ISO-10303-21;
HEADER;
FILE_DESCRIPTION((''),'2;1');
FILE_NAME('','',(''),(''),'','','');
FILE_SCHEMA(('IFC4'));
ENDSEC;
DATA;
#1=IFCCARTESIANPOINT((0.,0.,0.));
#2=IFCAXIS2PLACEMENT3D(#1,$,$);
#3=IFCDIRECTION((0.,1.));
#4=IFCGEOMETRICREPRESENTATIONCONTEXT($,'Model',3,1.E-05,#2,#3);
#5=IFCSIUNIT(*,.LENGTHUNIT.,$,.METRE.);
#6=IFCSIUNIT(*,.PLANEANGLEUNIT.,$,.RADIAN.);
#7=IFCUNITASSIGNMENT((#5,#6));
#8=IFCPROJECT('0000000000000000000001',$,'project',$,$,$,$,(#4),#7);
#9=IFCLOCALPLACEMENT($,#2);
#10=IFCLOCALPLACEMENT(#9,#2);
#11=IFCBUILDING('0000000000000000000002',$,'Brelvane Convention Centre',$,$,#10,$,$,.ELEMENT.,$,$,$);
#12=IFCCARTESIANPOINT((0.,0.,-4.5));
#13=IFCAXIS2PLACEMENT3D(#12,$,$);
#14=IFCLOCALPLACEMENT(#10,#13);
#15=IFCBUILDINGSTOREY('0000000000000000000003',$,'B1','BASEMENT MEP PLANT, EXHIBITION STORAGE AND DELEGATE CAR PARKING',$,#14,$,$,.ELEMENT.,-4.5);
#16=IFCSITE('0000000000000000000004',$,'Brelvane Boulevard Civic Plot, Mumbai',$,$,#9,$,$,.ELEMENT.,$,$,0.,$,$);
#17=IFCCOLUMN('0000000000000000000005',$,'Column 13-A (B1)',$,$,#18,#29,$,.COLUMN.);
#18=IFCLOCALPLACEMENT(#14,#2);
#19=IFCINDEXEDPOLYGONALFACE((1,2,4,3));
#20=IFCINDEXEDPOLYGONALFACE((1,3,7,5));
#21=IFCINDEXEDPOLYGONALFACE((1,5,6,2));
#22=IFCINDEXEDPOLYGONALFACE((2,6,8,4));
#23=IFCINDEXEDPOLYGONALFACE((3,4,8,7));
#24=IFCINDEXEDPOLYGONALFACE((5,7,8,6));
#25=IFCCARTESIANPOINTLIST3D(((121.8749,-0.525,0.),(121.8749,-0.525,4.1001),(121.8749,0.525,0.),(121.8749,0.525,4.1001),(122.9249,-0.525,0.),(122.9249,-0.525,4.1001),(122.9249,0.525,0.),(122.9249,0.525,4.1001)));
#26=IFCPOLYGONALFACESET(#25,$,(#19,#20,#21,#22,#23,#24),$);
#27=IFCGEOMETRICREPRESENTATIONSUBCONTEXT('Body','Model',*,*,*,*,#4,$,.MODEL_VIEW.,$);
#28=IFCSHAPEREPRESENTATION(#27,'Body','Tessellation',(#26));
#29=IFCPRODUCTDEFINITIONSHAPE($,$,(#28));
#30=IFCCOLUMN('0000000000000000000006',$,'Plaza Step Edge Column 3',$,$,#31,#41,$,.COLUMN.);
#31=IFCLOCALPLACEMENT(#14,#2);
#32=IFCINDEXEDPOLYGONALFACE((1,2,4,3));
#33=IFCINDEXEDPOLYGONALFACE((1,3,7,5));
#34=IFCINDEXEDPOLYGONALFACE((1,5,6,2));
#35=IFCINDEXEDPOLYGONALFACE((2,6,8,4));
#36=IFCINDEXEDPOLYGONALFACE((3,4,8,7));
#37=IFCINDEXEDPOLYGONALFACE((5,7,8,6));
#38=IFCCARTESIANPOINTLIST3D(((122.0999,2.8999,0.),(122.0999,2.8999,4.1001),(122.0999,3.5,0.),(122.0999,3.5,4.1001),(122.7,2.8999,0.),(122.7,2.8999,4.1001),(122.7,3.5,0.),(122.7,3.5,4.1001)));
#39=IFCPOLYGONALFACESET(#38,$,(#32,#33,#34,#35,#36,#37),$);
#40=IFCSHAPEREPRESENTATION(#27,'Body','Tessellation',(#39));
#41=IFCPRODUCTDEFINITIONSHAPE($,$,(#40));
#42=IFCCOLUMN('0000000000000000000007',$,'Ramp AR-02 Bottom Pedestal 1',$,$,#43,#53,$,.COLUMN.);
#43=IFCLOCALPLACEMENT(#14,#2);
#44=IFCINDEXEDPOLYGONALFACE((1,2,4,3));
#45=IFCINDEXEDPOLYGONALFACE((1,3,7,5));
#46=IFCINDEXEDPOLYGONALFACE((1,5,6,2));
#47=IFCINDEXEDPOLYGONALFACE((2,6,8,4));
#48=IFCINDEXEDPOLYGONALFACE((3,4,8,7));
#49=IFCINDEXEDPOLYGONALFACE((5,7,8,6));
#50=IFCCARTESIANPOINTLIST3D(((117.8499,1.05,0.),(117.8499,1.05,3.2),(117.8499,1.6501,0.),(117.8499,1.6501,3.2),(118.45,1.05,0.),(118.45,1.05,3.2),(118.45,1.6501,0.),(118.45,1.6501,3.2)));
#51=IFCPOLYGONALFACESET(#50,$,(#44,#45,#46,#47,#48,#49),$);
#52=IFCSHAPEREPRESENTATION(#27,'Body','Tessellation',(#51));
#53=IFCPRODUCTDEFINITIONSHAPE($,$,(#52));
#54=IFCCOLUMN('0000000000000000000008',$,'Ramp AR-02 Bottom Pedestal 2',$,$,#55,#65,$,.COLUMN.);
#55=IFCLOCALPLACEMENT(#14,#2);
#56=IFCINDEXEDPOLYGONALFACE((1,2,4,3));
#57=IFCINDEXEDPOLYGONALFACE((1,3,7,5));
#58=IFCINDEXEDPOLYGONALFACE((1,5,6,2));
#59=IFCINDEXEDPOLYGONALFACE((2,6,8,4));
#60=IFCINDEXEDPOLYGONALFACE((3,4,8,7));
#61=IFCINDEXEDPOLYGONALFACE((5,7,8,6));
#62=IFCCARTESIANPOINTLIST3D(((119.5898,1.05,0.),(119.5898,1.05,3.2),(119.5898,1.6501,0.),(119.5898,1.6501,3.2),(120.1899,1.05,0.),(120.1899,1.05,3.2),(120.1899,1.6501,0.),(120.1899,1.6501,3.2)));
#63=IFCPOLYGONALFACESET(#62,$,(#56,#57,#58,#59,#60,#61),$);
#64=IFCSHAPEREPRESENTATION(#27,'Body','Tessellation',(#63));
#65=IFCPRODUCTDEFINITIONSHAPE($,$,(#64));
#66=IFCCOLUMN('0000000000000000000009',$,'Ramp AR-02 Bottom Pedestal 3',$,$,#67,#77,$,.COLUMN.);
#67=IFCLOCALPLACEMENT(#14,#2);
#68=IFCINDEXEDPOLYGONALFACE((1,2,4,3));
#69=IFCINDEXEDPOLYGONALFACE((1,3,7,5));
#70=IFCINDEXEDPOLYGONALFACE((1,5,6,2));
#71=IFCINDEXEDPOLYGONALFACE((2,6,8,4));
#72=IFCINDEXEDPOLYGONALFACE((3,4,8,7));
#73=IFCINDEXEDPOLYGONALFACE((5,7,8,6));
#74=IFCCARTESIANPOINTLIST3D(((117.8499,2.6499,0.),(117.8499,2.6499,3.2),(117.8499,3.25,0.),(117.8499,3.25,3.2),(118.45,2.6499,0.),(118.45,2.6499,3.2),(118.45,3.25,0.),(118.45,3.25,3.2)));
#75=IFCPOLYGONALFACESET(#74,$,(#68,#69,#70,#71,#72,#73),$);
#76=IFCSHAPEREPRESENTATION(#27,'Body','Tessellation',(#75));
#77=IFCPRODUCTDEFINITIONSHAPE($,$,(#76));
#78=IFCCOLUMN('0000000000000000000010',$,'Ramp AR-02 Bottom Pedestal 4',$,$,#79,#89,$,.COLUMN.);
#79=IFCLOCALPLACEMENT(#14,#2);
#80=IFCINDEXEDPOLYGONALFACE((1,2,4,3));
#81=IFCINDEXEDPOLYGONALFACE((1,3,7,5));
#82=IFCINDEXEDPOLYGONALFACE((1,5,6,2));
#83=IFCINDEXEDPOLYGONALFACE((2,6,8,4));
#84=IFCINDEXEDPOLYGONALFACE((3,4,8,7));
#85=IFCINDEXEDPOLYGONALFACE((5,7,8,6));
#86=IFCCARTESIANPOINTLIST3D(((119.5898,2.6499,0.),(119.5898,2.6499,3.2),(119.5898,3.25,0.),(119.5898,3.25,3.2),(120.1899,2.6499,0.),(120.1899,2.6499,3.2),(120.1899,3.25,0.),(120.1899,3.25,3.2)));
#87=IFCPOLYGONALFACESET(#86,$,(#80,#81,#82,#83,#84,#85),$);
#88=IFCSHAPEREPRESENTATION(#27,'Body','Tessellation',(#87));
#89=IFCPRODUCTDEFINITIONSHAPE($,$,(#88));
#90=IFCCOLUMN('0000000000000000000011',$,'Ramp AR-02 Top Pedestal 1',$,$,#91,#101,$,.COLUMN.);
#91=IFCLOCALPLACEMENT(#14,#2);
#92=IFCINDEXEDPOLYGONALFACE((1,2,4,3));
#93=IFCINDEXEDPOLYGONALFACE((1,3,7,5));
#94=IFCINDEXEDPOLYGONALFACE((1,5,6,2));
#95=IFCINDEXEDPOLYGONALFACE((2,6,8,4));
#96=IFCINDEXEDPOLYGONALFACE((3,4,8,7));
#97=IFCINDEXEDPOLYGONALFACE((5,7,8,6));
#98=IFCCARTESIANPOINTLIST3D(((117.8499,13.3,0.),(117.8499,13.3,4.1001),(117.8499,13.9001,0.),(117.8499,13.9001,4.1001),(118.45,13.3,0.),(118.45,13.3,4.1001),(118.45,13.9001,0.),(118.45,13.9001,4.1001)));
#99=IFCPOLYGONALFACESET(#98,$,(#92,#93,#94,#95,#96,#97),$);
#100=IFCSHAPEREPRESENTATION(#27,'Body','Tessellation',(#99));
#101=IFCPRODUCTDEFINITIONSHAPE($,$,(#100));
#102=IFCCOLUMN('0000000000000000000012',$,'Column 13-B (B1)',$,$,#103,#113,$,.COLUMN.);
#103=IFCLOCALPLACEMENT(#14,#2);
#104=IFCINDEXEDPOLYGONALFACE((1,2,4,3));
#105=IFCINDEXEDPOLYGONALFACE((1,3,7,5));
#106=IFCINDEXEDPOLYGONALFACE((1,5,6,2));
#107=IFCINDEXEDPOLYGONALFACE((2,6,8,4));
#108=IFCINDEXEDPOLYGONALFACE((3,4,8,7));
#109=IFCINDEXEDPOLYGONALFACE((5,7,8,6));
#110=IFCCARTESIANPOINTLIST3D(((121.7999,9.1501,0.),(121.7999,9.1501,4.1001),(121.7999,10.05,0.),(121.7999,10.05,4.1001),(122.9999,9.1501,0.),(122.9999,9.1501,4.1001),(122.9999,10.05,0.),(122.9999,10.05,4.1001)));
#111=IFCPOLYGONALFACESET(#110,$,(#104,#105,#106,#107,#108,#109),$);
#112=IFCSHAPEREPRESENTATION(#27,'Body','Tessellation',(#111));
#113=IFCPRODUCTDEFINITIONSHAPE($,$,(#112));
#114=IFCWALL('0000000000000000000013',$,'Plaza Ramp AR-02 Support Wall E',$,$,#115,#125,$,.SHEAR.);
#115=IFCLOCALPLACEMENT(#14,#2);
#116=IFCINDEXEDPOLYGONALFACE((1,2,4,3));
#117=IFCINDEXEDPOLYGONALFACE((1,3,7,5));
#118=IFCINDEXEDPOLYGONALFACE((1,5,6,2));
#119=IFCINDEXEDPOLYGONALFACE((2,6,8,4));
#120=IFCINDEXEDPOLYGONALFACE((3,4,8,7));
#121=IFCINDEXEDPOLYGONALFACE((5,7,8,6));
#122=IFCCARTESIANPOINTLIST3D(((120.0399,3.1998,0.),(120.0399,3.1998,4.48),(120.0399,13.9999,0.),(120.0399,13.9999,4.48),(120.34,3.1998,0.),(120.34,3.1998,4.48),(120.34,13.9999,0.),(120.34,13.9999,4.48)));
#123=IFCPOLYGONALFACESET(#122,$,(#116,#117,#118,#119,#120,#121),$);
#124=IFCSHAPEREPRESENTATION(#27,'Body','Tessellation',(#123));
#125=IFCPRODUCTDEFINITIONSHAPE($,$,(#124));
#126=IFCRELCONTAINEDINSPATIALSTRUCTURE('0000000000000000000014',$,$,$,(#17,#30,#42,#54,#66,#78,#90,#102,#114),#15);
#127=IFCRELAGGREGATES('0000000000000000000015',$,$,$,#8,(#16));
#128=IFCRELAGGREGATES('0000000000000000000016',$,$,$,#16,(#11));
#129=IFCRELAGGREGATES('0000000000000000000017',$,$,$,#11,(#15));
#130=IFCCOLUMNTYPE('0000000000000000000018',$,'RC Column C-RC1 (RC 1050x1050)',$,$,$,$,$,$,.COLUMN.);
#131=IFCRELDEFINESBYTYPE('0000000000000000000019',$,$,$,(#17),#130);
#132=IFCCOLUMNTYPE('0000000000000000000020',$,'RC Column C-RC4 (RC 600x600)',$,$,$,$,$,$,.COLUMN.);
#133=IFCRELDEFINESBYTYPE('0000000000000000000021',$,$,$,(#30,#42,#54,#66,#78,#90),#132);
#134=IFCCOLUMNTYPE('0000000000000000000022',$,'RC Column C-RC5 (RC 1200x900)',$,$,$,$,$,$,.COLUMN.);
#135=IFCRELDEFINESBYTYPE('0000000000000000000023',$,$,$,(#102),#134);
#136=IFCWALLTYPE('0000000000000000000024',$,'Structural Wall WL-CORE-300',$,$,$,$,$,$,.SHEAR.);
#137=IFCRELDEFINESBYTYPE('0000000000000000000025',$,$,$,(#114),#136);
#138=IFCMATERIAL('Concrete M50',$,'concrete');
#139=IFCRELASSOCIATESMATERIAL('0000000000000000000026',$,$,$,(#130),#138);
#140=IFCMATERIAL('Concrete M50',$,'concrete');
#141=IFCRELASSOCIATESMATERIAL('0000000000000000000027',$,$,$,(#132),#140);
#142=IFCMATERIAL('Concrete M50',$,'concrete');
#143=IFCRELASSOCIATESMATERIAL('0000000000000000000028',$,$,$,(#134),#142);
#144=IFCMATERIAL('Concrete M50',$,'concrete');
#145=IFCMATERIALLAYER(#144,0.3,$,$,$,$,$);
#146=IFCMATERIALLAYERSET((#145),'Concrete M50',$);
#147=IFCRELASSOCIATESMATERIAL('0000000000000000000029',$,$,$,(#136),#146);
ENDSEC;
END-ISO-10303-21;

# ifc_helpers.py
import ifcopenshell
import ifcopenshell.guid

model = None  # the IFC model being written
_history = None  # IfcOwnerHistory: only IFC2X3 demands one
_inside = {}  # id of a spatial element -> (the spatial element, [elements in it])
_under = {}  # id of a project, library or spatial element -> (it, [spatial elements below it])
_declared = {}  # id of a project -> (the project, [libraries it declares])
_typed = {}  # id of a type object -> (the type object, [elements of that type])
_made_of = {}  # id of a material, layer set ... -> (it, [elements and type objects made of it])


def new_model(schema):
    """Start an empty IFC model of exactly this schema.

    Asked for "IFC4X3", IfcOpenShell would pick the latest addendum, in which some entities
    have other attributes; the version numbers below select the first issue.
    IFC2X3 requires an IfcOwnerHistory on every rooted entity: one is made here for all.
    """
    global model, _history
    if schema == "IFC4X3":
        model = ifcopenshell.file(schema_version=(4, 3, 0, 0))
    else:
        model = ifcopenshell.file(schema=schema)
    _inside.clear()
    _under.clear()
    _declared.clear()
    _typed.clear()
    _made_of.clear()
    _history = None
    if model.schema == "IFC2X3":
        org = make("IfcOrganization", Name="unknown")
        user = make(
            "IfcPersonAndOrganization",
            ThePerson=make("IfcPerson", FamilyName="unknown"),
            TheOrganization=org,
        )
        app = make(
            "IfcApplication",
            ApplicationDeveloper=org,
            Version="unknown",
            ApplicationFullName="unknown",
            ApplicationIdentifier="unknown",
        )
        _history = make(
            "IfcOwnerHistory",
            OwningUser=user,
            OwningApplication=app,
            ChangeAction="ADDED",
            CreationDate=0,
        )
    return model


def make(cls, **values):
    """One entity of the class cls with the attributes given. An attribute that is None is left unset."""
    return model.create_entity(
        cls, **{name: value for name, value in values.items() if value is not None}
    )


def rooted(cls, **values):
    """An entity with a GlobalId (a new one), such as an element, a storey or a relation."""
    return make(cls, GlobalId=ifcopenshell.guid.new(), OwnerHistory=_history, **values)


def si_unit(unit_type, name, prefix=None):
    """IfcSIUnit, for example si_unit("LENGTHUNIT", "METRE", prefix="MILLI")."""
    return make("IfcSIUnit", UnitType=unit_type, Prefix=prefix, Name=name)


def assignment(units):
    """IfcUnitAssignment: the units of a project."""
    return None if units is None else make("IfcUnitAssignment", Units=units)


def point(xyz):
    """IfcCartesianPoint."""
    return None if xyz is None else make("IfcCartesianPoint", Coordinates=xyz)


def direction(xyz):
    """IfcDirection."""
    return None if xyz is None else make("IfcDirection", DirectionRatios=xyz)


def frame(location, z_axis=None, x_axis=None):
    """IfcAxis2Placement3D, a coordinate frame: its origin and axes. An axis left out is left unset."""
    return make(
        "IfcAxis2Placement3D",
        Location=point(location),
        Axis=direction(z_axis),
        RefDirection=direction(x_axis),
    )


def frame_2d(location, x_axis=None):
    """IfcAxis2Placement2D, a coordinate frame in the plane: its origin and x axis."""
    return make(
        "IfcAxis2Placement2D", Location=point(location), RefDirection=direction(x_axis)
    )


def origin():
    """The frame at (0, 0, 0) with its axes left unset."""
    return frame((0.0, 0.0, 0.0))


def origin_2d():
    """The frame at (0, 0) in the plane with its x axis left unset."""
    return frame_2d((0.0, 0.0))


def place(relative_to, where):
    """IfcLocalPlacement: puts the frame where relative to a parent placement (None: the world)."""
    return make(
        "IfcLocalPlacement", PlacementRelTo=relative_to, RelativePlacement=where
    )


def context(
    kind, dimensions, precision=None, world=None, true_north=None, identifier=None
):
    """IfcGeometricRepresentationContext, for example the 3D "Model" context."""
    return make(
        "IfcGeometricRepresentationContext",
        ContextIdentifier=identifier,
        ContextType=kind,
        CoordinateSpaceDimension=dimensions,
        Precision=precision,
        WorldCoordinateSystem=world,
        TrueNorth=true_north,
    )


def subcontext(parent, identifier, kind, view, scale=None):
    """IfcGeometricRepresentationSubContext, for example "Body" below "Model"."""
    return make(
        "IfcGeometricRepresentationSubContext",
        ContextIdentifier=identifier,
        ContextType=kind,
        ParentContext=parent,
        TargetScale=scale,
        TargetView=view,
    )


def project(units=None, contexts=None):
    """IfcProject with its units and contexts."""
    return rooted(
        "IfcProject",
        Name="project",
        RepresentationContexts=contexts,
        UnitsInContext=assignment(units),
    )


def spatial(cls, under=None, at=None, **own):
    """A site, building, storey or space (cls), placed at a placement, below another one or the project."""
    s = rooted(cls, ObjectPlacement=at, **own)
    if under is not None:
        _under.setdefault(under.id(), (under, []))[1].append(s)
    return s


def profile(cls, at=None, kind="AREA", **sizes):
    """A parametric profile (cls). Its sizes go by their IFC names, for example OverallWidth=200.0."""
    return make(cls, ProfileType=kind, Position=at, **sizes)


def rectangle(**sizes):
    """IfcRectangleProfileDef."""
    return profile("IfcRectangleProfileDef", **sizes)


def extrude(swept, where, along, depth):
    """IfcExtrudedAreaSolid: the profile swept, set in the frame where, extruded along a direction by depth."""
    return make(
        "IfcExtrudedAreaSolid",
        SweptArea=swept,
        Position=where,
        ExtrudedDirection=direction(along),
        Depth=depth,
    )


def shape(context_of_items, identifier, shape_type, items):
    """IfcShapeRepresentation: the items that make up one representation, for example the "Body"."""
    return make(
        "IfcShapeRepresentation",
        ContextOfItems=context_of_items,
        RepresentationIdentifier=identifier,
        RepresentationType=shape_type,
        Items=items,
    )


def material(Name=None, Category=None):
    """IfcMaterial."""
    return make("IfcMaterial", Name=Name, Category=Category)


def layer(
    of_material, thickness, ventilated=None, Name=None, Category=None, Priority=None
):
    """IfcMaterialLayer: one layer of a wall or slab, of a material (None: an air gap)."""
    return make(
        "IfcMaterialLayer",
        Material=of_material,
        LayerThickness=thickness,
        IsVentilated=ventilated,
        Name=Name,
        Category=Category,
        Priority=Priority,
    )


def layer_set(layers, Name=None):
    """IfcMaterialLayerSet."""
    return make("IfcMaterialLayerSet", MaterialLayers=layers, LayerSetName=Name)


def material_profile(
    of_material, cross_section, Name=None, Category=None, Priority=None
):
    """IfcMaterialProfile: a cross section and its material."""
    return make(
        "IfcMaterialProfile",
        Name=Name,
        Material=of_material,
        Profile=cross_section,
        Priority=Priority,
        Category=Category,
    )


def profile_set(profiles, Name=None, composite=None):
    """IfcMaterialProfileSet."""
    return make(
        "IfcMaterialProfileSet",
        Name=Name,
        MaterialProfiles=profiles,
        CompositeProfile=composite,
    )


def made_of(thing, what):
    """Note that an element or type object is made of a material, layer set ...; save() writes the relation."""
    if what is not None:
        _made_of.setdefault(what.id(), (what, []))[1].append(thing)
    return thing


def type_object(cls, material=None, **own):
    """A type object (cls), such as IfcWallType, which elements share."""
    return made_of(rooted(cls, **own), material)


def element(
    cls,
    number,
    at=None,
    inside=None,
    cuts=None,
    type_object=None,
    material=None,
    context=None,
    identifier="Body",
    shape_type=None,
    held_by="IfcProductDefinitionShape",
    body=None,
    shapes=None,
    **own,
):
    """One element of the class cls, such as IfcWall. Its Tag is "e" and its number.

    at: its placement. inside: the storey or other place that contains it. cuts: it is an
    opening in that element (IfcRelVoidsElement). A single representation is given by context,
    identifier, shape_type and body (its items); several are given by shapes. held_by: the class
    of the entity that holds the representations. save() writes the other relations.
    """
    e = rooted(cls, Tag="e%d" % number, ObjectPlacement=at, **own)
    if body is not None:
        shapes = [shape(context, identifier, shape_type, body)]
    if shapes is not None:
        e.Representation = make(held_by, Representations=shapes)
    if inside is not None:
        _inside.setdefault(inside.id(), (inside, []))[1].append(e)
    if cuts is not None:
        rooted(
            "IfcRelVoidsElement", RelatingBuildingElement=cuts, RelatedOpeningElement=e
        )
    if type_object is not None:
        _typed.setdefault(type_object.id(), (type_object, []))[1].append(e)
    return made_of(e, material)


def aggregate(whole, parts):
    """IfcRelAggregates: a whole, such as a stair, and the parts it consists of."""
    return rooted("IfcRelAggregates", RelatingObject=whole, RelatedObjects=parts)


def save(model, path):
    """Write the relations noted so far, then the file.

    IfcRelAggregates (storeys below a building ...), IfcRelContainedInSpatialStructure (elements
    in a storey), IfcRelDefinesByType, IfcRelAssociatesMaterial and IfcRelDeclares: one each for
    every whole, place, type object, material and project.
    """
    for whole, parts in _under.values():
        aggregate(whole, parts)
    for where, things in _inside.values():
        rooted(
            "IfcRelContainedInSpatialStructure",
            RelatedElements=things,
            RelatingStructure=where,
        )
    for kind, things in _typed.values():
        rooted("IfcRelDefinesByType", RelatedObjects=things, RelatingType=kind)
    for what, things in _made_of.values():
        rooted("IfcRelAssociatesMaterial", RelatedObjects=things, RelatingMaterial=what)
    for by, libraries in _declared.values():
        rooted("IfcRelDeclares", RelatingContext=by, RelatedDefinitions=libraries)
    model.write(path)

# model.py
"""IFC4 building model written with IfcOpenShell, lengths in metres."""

from ifc_helpers import new_model, si_unit, direction, frame, frame_2d, origin, origin_2d, place, context, subcontext, project, spatial, rectangle, extrude, material, layer, layer_set, material_profile, profile_set, type_object, element, save


model = new_model("IFC4")

# Units and contexts
model_context = context("Model", 3, precision=1e-05, world=origin(), true_north=direction((0.0, 1.0)))
body_context = subcontext(model_context, "Body", "Model", "MODEL_VIEW")
ifc_project = project(units=[si_unit("LENGTHUNIT", "METRE"), si_unit("PLANEANGLEUNIT", "RADIAN")], contexts=[model_context])

# Site, building, storey
site_placement = place(None, origin())
site = spatial("IfcSite", under=ifc_project, at=site_placement, Name="Brelvane Boulevard Civic Plot, Mumbai", CompositionType="ELEMENT", RefElevation=0.0)
building_placement = place(site_placement, origin())
building = spatial("IfcBuilding", under=site, at=building_placement, Name="Brelvane Convention Centre", CompositionType="ELEMENT")
storey_placement = place(building_placement, frame((0.0, 0.0, -4.5)))
storey = spatial("IfcBuildingStorey", under=building, at=storey_placement, Name="B1", Description="BASEMENT MEP PLANT, EXHIBITION STORAGE AND DELEGATE CAR PARKING", CompositionType="ELEMENT", Elevation=-4.5)

# Columns
ifc_material_1 = material(Name="Concrete M50", Category="concrete")
ifc_material_profile_1 = material_profile(ifc_material_1, rectangle(XDim=1.05, YDim=1.05, at=origin_2d()), Name="RC 1050x1050")
ifc_profile_set_1 = profile_set([ifc_material_profile_1], Name="Concrete M50")
column_type_1 = type_object("IfcColumnType", Name="RC Column C-RC1 (RC 1050x1050)", PredefinedType="COLUMN", material=ifc_profile_set_1)
column_1_placement = place(storey_placement, frame((122.3999, 0.0, 0.0), z_axis=(0.0, 0.0, 1.0), x_axis=(1.0, 0.0, 0.0)))
element("IfcColumn", 1, at=column_1_placement, inside=storey, type_object=column_type_1, Name="Column 13-A (B1)", PredefinedType="COLUMN", context=body_context, shape_type="SweptSolid", body=[
    extrude(rectangle(XDim=1.05, YDim=1.05, at=origin_2d()), origin(), (0.0, 0.0, 1.0), 4.1001),
])
ifc_material_2 = material(Name="Concrete M50", Category="concrete")
ifc_material_profile_2 = material_profile(ifc_material_2, rectangle(XDim=0.6001, YDim=0.6001, at=origin_2d()), Name="RC 600x600")
ifc_profile_set_2 = profile_set([ifc_material_profile_2], Name="Concrete M50")
column_type_2 = type_object("IfcColumnType", Name="RC Column C-RC4 (RC 600x600)", PredefinedType="COLUMN", material=ifc_profile_set_2)
column_2_placement = place(storey_placement, frame((122.3999, 3.2, 0.0), z_axis=(0.0, 0.0, 1.0), x_axis=(1.0, 0.0, 0.0)))
element("IfcColumn", 2, at=column_2_placement, inside=storey, type_object=column_type_2, Name="Plaza Step Edge Column 3", PredefinedType="COLUMN", context=body_context, shape_type="SweptSolid", body=[
    extrude(rectangle(XDim=0.6001, YDim=0.6001, at=origin_2d()), origin(), (0.0, 0.0, 1.0), 4.1001),
])
for number, where, z_axis, x_axis, name in (
    (3, (118.1499, 1.3501, 0.0), (0.0, 0.0, 1.0), (1.0, 0.0, 0.0), "Ramp AR-02 Bottom Pedestal 1"),
    (4, (119.8899, 1.3501, 0.0), (0.0, 0.0, 1.0), (1.0, 0.0, 0.0), "Ramp AR-02 Bottom Pedestal 2"),
    (5, (118.1499, 2.95, 0.0), (0.0, 0.0, 1.0), (1.0, 0.0, 0.0), "Ramp AR-02 Bottom Pedestal 3"),
    (6, (119.8899, 2.95, 0.0), (0.0, 0.0, 1.0), (1.0, 0.0, 0.0), "Ramp AR-02 Bottom Pedestal 4"),
):
    element("IfcColumn", number, at=place(storey_placement, frame(where, z_axis=z_axis, x_axis=x_axis)), inside=storey, type_object=column_type_2, Name=name, PredefinedType="COLUMN", context=body_context, shape_type="SweptSolid", body=[
        extrude(rectangle(XDim=0.6001, YDim=0.6001, at=origin_2d()), origin(), (0.0, 0.0, 1.0), 3.2),
    ])
column_3_placement = place(storey_placement, frame((118.1499, 13.6001, 0.0), z_axis=(0.0, 0.0, 1.0), x_axis=(1.0, 0.0, 0.0)))
element("IfcColumn", 7, at=column_3_placement, inside=storey, type_object=column_type_2, Name="Ramp AR-02 Top Pedestal 1", PredefinedType="COLUMN", context=body_context, shape_type="SweptSolid", body=[
    extrude(rectangle(XDim=0.6001, YDim=0.6001, at=origin_2d()), origin(), (0.0, 0.0, 1.0), 4.1001),
])
ifc_material_3 = material(Name="Concrete M50", Category="concrete")
ifc_material_profile_3 = material_profile(ifc_material_3, rectangle(XDim=1.2, YDim=0.8999, at=origin_2d()), Name="RC 1200x900")
ifc_profile_set_3 = profile_set([ifc_material_profile_3], Name="Concrete M50")
column_type_3 = type_object("IfcColumnType", Name="RC Column C-RC5 (RC 1200x900)", PredefinedType="COLUMN", material=ifc_profile_set_3)
column_4_placement = place(storey_placement, frame((122.3999, 9.6001, 0.0), z_axis=(0.0, 0.0, 1.0), x_axis=(1.0, 0.0, 0.0)))
element("IfcColumn", 8, at=column_4_placement, inside=storey, type_object=column_type_3, Name="Column 13-B (B1)", PredefinedType="COLUMN", context=body_context, shape_type="SweptSolid", body=[
    extrude(rectangle(XDim=1.2, YDim=0.8999, at=origin_2d()), origin(), (0.0, 0.0, 1.0), 4.1001),
])

# Wall
ifc_material_4 = material(Name="Concrete M50", Category="concrete")
ifc_layer = layer(ifc_material_4, 0.3)
ifc_layer_set = layer_set([ifc_layer], Name="Concrete M50")
wall_type = type_object("IfcWallType", Name="Structural Wall WL-CORE-300", PredefinedType="SHEAR", material=ifc_layer_set)
wall_placement = place(storey_placement, frame((120.1899, 3.2, 0.0), z_axis=(0.0, 0.0, 1.0), x_axis=(0.0, 1.0, 0.0)))
element("IfcWall", 9, at=wall_placement, inside=storey, type_object=wall_type, Name="Plaza Ramp AR-02 Support Wall E", PredefinedType="SHEAR", context=body_context, shape_type="SweptSolid", body=[
    extrude(rectangle(XDim=10.8, YDim=0.3, at=frame_2d((5.3999, 0.0))), origin(), (0.0, 0.0, 1.0), 4.48),
])

save(model, "model.ifc")
